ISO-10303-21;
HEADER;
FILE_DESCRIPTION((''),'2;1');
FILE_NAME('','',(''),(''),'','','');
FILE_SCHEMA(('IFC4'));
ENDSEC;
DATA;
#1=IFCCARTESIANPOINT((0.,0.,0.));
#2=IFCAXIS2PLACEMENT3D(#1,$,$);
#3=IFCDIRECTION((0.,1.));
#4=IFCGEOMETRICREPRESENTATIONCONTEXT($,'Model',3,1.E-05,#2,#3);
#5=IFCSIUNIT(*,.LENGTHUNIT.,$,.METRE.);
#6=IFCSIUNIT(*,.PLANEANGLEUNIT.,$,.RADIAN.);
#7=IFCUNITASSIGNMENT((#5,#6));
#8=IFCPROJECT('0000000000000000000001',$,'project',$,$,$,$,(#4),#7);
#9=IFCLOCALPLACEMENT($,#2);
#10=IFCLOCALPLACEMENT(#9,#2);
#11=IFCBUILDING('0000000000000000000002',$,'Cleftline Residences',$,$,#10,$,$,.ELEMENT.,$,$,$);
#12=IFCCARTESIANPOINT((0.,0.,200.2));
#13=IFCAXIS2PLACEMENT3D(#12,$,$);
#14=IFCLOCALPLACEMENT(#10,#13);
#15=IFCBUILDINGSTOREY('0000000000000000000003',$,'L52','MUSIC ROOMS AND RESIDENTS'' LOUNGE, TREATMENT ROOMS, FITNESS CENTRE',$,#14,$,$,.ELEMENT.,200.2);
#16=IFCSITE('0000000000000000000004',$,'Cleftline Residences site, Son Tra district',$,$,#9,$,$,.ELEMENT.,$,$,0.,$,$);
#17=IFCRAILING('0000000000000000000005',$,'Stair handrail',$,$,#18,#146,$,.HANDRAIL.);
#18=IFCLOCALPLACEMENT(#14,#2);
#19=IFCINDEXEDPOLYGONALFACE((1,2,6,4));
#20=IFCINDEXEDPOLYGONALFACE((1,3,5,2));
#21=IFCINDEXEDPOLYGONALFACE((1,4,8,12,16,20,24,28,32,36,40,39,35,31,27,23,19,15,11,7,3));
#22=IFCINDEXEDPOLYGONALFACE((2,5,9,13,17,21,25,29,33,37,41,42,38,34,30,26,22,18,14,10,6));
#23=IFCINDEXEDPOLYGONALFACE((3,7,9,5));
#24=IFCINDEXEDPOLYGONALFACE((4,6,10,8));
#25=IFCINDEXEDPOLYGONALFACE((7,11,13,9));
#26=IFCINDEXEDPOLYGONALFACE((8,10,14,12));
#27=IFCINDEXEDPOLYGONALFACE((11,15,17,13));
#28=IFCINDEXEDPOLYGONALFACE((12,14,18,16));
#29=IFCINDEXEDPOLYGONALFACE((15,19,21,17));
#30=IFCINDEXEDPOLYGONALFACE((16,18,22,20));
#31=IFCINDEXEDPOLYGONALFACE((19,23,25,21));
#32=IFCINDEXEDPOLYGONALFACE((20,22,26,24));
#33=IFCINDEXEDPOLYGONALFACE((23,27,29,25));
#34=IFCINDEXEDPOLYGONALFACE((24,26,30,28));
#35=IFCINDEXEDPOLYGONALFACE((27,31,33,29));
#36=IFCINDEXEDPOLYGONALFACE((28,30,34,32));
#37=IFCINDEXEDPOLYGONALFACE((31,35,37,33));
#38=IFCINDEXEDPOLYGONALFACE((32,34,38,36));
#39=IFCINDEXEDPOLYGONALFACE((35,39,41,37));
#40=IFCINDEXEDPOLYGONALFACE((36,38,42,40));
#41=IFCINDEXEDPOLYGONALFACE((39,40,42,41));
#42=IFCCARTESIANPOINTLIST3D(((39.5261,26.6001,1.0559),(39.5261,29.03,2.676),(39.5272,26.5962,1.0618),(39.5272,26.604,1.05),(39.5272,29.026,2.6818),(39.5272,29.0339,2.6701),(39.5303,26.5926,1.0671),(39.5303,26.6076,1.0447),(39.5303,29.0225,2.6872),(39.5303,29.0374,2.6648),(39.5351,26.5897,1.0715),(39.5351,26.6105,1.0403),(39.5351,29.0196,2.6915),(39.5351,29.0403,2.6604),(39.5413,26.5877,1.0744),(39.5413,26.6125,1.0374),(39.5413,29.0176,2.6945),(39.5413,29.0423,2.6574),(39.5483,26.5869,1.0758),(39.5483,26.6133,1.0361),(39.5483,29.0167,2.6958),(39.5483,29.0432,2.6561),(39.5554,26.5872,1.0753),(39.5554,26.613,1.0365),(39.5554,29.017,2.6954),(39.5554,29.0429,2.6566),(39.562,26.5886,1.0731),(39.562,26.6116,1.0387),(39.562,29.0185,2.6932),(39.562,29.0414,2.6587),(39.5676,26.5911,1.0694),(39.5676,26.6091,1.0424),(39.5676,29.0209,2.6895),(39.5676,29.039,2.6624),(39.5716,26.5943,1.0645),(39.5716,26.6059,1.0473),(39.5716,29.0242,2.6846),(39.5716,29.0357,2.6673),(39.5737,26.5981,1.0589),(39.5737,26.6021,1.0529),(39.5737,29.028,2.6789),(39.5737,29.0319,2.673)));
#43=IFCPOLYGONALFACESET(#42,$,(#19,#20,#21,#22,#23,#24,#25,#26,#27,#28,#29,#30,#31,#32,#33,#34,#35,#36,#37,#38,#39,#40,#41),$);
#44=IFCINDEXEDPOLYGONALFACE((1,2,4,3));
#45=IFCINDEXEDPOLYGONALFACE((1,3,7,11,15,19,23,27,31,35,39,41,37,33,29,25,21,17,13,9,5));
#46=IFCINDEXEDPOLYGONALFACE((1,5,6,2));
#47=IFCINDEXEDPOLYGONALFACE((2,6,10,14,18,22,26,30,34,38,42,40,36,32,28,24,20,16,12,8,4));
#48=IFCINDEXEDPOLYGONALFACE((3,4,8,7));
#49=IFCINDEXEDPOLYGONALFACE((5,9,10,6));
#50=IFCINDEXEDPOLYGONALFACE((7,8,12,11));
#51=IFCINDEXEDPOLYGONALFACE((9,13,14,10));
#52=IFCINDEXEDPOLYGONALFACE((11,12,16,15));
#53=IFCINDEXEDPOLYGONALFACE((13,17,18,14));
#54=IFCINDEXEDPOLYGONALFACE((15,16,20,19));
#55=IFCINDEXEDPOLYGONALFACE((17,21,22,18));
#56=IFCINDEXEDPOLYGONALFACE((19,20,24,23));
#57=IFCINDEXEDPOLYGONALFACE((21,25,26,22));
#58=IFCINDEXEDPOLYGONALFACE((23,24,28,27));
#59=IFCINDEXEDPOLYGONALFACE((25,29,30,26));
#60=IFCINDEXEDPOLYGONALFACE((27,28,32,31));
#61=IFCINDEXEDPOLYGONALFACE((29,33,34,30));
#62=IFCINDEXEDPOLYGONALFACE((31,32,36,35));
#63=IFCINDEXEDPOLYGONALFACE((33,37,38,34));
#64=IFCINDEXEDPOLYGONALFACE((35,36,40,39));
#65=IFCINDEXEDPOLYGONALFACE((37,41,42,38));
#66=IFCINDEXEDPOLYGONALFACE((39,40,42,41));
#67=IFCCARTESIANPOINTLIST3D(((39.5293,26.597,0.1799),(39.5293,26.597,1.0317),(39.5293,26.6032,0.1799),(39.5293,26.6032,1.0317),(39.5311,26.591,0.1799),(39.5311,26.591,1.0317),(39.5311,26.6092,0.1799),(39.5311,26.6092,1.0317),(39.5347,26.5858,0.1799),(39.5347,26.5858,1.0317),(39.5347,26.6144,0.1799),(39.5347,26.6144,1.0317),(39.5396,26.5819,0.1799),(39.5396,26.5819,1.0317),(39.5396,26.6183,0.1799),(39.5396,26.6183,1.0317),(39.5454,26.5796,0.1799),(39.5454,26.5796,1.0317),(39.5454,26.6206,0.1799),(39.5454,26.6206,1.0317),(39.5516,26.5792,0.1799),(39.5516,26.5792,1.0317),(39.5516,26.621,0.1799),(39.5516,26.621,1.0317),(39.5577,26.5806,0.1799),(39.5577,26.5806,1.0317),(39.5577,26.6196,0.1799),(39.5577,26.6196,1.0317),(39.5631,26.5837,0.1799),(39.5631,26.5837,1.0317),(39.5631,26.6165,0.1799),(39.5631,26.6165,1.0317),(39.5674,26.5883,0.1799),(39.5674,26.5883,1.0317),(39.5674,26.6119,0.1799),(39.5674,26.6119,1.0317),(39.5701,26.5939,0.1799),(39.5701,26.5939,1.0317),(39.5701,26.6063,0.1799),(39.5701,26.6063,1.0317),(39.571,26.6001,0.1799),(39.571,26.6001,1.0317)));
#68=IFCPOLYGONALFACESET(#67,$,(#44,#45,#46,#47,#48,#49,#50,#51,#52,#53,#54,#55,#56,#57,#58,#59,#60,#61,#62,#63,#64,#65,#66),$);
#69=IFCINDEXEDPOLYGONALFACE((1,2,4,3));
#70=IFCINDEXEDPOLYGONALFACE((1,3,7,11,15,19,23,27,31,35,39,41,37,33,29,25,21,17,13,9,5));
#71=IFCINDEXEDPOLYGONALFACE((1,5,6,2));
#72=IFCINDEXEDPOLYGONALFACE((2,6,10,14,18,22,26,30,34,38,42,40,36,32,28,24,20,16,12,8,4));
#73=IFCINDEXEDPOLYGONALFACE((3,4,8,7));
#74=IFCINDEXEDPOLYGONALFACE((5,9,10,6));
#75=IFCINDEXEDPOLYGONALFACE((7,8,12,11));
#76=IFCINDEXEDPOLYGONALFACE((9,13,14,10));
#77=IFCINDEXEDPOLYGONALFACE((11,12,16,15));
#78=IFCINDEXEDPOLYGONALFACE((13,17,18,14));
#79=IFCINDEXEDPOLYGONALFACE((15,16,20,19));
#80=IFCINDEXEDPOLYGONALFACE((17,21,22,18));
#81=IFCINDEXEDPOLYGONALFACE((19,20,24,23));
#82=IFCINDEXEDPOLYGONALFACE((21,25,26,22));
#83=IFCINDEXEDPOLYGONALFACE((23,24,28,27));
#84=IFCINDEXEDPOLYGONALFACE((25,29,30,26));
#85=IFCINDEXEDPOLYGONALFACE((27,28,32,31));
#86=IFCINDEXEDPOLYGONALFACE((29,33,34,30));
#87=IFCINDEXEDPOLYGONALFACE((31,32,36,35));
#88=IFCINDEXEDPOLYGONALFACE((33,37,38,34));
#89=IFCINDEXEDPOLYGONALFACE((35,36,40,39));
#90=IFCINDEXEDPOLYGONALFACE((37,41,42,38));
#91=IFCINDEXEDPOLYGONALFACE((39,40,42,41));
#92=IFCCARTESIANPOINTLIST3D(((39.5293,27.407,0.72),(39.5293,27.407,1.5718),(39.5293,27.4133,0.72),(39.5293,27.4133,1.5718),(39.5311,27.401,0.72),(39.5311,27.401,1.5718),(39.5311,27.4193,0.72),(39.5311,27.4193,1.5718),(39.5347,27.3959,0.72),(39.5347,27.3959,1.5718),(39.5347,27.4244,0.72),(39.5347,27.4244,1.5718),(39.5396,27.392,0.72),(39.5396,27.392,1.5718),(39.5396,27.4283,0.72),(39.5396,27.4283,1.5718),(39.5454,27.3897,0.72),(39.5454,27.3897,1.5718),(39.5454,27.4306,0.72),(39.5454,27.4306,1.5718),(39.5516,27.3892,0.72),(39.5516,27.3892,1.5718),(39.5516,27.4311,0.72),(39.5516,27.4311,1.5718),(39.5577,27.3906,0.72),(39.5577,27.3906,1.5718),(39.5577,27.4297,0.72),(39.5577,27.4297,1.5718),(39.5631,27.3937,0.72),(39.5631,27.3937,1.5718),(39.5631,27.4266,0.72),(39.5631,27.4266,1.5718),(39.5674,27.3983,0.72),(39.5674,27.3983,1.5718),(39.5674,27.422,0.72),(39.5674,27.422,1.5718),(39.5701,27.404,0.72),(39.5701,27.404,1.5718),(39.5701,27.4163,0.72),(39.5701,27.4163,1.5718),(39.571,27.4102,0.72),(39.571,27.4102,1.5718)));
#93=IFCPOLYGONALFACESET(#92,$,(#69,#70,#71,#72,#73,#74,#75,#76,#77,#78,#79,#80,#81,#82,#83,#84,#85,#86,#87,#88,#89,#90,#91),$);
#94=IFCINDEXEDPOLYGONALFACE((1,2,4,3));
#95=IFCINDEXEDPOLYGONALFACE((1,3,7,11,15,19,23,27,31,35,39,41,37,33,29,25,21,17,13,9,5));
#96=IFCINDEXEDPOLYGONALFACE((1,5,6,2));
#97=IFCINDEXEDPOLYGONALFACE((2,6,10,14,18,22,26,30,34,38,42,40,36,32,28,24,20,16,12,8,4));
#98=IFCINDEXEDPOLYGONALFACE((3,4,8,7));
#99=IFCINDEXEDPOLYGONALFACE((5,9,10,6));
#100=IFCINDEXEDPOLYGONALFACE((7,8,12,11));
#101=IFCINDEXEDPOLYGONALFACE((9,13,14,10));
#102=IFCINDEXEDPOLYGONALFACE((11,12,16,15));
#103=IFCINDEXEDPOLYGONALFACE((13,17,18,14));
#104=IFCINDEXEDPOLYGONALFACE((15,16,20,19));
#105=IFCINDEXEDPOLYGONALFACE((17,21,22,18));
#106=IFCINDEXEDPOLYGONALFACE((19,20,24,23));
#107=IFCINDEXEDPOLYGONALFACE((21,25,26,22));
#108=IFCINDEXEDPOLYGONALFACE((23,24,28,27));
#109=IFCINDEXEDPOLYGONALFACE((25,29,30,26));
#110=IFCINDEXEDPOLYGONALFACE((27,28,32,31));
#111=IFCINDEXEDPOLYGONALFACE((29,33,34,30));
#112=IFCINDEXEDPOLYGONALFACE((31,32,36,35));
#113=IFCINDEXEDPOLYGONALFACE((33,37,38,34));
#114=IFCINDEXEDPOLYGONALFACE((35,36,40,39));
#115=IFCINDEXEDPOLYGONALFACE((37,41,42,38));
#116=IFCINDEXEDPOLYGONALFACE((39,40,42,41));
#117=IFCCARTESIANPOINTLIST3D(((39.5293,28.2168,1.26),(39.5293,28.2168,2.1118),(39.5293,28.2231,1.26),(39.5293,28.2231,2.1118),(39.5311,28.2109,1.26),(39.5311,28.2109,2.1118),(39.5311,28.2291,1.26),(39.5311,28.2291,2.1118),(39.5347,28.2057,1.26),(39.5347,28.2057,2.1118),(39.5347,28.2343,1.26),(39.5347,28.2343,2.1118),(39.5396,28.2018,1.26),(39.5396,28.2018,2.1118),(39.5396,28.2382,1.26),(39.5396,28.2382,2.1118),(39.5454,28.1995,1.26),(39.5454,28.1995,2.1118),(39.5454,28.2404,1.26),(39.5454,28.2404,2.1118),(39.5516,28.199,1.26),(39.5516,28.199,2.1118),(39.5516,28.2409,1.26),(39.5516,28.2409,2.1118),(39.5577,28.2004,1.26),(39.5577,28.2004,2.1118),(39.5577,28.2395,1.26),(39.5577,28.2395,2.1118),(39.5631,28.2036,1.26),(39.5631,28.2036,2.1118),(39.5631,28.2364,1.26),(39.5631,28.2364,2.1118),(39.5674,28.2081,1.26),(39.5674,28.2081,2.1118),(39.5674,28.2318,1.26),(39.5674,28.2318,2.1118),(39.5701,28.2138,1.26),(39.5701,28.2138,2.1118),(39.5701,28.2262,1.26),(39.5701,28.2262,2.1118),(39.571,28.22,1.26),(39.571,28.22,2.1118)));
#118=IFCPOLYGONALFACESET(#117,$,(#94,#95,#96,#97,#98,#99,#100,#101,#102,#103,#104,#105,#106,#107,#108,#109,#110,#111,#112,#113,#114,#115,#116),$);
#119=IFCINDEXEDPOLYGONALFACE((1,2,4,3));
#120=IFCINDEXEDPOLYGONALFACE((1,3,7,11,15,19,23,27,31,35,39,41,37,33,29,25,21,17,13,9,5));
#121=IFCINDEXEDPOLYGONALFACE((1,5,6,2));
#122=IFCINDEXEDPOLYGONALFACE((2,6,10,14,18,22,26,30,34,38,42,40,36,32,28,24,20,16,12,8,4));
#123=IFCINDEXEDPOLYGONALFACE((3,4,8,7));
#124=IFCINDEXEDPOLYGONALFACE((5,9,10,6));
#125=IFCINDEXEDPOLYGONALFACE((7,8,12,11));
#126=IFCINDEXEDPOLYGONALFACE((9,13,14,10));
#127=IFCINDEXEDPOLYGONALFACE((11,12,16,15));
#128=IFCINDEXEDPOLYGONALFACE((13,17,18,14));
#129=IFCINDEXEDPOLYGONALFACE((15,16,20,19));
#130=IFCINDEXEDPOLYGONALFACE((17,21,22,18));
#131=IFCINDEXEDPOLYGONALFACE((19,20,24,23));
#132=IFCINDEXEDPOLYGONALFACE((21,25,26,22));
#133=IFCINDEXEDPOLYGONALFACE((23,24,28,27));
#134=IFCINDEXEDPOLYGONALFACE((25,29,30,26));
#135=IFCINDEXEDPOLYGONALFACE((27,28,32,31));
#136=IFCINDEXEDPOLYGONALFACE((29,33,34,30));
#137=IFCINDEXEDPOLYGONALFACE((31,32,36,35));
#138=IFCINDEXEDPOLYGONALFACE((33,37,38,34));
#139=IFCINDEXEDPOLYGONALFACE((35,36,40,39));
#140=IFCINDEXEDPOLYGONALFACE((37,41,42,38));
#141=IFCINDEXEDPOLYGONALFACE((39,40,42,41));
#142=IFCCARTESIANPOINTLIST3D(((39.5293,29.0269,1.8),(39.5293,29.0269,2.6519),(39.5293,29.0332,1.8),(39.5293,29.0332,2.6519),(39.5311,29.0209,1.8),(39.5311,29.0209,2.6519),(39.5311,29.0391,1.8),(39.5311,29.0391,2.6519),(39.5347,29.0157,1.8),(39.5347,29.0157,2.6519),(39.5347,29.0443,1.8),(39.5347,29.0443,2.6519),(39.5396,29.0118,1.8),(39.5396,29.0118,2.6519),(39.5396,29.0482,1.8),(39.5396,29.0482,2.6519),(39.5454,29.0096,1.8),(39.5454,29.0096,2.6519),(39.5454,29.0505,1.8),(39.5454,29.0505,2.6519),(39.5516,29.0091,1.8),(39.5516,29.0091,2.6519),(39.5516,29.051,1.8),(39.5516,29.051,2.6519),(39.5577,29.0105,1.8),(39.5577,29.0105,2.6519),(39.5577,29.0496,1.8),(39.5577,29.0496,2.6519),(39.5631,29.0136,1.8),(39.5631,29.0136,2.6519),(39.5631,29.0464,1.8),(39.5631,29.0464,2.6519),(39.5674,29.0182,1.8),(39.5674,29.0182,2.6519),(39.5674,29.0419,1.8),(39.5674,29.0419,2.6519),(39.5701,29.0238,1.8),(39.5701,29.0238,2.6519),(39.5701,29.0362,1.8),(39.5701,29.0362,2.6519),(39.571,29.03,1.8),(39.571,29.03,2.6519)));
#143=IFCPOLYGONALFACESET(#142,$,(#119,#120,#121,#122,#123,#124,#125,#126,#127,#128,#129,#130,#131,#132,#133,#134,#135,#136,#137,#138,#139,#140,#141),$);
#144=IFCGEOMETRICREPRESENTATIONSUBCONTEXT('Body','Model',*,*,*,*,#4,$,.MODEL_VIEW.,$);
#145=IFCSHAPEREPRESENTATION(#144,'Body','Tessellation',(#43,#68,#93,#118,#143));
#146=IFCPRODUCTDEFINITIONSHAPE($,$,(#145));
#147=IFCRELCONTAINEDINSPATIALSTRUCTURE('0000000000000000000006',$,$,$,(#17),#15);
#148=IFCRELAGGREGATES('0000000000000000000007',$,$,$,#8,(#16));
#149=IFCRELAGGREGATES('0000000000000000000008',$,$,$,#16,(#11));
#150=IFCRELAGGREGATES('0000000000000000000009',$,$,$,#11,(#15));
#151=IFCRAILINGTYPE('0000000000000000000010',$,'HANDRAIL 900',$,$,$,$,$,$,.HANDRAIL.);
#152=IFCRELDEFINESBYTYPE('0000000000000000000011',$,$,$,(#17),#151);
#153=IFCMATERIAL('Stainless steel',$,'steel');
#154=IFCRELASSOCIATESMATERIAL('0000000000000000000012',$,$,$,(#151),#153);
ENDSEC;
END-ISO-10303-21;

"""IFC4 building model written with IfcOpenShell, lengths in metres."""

from ifc_helpers import new_model, si_unit, direction, frame, origin, origin_2d, place, context, subcontext, project, spatial, circle, extrude, material, type_object, element, save


model = new_model("IFC4")

# Units and contexts
model_context = context("Model", 3, precision=1e-05, world=origin(), true_north=direction((0.0, 1.0)))
body_context = subcontext(model_context, "Body", "Model", "MODEL_VIEW")
ifc_project = project(units=[si_unit("LENGTHUNIT", "METRE"), si_unit("PLANEANGLEUNIT", "RADIAN")], contexts=[model_context])

# Site, building, storey
site_placement = place(None, origin())
site = spatial("IfcSite", under=ifc_project, at=site_placement, Name="Cleftline Residences site, Son Tra district", CompositionType="ELEMENT", RefElevation=0.0)
building_placement = place(site_placement, origin())
building = spatial("IfcBuilding", under=site, at=building_placement, Name="Cleftline Residences", CompositionType="ELEMENT")
storey_placement = place(building_placement, frame((0.0, 0.0, 200.2)))
storey = spatial("IfcBuildingStorey", under=building, at=storey_placement, Name="L52", Description="MUSIC ROOMS AND RESIDENTS' LOUNGE, TREATMENT ROOMS, FITNESS CENTRE", CompositionType="ELEMENT", Elevation=200.2)

# Railing
ifc_material_1 = material(Name="Stainless steel", Category="steel")
railing_type = type_object("IfcRailingType", Name="HANDRAIL 900", PredefinedType="HANDRAIL", material=ifc_material_1)
railing_1_placement = place(storey_placement, frame((39.55, 26.6001, 0.1799)))
element("IfcRailing", 1, at=railing_1_placement, inside=storey, type_object=railing_type, Name="Stair handrail", PredefinedType="HANDRAIL", context=body_context, shape_type="SweptSolid", body=[
    extrude(circle(Radius=0.0239, at=origin_2d()), frame((0.0, 0.0, 0.876), z_axis=(0.0, 0.832025, 0.554739), x_axis=(-1.0, 0.0, 0.0)), (0.0, 0.0, 1.0), 2.9204),
    extrude(circle(Radius=0.021, at=origin_2d()), origin(), (0.0, 0.0, 1.0), 0.8518),
    extrude(circle(Radius=0.021, at=origin_2d()), frame((0.0, 0.8101, 0.54)), (0.0, 0.0, 1.0), 0.8518),
    extrude(circle(Radius=0.021, at=origin_2d()), frame((0.0, 1.6199, 1.0801)), (0.0, 0.0, 1.0), 0.8518),
    extrude(circle(Radius=0.021, at=origin_2d()), frame((0.0, 2.4299, 1.6201)), (0.0, 0.0, 1.0), 0.8518),
])

save(model, "model.ifc")
